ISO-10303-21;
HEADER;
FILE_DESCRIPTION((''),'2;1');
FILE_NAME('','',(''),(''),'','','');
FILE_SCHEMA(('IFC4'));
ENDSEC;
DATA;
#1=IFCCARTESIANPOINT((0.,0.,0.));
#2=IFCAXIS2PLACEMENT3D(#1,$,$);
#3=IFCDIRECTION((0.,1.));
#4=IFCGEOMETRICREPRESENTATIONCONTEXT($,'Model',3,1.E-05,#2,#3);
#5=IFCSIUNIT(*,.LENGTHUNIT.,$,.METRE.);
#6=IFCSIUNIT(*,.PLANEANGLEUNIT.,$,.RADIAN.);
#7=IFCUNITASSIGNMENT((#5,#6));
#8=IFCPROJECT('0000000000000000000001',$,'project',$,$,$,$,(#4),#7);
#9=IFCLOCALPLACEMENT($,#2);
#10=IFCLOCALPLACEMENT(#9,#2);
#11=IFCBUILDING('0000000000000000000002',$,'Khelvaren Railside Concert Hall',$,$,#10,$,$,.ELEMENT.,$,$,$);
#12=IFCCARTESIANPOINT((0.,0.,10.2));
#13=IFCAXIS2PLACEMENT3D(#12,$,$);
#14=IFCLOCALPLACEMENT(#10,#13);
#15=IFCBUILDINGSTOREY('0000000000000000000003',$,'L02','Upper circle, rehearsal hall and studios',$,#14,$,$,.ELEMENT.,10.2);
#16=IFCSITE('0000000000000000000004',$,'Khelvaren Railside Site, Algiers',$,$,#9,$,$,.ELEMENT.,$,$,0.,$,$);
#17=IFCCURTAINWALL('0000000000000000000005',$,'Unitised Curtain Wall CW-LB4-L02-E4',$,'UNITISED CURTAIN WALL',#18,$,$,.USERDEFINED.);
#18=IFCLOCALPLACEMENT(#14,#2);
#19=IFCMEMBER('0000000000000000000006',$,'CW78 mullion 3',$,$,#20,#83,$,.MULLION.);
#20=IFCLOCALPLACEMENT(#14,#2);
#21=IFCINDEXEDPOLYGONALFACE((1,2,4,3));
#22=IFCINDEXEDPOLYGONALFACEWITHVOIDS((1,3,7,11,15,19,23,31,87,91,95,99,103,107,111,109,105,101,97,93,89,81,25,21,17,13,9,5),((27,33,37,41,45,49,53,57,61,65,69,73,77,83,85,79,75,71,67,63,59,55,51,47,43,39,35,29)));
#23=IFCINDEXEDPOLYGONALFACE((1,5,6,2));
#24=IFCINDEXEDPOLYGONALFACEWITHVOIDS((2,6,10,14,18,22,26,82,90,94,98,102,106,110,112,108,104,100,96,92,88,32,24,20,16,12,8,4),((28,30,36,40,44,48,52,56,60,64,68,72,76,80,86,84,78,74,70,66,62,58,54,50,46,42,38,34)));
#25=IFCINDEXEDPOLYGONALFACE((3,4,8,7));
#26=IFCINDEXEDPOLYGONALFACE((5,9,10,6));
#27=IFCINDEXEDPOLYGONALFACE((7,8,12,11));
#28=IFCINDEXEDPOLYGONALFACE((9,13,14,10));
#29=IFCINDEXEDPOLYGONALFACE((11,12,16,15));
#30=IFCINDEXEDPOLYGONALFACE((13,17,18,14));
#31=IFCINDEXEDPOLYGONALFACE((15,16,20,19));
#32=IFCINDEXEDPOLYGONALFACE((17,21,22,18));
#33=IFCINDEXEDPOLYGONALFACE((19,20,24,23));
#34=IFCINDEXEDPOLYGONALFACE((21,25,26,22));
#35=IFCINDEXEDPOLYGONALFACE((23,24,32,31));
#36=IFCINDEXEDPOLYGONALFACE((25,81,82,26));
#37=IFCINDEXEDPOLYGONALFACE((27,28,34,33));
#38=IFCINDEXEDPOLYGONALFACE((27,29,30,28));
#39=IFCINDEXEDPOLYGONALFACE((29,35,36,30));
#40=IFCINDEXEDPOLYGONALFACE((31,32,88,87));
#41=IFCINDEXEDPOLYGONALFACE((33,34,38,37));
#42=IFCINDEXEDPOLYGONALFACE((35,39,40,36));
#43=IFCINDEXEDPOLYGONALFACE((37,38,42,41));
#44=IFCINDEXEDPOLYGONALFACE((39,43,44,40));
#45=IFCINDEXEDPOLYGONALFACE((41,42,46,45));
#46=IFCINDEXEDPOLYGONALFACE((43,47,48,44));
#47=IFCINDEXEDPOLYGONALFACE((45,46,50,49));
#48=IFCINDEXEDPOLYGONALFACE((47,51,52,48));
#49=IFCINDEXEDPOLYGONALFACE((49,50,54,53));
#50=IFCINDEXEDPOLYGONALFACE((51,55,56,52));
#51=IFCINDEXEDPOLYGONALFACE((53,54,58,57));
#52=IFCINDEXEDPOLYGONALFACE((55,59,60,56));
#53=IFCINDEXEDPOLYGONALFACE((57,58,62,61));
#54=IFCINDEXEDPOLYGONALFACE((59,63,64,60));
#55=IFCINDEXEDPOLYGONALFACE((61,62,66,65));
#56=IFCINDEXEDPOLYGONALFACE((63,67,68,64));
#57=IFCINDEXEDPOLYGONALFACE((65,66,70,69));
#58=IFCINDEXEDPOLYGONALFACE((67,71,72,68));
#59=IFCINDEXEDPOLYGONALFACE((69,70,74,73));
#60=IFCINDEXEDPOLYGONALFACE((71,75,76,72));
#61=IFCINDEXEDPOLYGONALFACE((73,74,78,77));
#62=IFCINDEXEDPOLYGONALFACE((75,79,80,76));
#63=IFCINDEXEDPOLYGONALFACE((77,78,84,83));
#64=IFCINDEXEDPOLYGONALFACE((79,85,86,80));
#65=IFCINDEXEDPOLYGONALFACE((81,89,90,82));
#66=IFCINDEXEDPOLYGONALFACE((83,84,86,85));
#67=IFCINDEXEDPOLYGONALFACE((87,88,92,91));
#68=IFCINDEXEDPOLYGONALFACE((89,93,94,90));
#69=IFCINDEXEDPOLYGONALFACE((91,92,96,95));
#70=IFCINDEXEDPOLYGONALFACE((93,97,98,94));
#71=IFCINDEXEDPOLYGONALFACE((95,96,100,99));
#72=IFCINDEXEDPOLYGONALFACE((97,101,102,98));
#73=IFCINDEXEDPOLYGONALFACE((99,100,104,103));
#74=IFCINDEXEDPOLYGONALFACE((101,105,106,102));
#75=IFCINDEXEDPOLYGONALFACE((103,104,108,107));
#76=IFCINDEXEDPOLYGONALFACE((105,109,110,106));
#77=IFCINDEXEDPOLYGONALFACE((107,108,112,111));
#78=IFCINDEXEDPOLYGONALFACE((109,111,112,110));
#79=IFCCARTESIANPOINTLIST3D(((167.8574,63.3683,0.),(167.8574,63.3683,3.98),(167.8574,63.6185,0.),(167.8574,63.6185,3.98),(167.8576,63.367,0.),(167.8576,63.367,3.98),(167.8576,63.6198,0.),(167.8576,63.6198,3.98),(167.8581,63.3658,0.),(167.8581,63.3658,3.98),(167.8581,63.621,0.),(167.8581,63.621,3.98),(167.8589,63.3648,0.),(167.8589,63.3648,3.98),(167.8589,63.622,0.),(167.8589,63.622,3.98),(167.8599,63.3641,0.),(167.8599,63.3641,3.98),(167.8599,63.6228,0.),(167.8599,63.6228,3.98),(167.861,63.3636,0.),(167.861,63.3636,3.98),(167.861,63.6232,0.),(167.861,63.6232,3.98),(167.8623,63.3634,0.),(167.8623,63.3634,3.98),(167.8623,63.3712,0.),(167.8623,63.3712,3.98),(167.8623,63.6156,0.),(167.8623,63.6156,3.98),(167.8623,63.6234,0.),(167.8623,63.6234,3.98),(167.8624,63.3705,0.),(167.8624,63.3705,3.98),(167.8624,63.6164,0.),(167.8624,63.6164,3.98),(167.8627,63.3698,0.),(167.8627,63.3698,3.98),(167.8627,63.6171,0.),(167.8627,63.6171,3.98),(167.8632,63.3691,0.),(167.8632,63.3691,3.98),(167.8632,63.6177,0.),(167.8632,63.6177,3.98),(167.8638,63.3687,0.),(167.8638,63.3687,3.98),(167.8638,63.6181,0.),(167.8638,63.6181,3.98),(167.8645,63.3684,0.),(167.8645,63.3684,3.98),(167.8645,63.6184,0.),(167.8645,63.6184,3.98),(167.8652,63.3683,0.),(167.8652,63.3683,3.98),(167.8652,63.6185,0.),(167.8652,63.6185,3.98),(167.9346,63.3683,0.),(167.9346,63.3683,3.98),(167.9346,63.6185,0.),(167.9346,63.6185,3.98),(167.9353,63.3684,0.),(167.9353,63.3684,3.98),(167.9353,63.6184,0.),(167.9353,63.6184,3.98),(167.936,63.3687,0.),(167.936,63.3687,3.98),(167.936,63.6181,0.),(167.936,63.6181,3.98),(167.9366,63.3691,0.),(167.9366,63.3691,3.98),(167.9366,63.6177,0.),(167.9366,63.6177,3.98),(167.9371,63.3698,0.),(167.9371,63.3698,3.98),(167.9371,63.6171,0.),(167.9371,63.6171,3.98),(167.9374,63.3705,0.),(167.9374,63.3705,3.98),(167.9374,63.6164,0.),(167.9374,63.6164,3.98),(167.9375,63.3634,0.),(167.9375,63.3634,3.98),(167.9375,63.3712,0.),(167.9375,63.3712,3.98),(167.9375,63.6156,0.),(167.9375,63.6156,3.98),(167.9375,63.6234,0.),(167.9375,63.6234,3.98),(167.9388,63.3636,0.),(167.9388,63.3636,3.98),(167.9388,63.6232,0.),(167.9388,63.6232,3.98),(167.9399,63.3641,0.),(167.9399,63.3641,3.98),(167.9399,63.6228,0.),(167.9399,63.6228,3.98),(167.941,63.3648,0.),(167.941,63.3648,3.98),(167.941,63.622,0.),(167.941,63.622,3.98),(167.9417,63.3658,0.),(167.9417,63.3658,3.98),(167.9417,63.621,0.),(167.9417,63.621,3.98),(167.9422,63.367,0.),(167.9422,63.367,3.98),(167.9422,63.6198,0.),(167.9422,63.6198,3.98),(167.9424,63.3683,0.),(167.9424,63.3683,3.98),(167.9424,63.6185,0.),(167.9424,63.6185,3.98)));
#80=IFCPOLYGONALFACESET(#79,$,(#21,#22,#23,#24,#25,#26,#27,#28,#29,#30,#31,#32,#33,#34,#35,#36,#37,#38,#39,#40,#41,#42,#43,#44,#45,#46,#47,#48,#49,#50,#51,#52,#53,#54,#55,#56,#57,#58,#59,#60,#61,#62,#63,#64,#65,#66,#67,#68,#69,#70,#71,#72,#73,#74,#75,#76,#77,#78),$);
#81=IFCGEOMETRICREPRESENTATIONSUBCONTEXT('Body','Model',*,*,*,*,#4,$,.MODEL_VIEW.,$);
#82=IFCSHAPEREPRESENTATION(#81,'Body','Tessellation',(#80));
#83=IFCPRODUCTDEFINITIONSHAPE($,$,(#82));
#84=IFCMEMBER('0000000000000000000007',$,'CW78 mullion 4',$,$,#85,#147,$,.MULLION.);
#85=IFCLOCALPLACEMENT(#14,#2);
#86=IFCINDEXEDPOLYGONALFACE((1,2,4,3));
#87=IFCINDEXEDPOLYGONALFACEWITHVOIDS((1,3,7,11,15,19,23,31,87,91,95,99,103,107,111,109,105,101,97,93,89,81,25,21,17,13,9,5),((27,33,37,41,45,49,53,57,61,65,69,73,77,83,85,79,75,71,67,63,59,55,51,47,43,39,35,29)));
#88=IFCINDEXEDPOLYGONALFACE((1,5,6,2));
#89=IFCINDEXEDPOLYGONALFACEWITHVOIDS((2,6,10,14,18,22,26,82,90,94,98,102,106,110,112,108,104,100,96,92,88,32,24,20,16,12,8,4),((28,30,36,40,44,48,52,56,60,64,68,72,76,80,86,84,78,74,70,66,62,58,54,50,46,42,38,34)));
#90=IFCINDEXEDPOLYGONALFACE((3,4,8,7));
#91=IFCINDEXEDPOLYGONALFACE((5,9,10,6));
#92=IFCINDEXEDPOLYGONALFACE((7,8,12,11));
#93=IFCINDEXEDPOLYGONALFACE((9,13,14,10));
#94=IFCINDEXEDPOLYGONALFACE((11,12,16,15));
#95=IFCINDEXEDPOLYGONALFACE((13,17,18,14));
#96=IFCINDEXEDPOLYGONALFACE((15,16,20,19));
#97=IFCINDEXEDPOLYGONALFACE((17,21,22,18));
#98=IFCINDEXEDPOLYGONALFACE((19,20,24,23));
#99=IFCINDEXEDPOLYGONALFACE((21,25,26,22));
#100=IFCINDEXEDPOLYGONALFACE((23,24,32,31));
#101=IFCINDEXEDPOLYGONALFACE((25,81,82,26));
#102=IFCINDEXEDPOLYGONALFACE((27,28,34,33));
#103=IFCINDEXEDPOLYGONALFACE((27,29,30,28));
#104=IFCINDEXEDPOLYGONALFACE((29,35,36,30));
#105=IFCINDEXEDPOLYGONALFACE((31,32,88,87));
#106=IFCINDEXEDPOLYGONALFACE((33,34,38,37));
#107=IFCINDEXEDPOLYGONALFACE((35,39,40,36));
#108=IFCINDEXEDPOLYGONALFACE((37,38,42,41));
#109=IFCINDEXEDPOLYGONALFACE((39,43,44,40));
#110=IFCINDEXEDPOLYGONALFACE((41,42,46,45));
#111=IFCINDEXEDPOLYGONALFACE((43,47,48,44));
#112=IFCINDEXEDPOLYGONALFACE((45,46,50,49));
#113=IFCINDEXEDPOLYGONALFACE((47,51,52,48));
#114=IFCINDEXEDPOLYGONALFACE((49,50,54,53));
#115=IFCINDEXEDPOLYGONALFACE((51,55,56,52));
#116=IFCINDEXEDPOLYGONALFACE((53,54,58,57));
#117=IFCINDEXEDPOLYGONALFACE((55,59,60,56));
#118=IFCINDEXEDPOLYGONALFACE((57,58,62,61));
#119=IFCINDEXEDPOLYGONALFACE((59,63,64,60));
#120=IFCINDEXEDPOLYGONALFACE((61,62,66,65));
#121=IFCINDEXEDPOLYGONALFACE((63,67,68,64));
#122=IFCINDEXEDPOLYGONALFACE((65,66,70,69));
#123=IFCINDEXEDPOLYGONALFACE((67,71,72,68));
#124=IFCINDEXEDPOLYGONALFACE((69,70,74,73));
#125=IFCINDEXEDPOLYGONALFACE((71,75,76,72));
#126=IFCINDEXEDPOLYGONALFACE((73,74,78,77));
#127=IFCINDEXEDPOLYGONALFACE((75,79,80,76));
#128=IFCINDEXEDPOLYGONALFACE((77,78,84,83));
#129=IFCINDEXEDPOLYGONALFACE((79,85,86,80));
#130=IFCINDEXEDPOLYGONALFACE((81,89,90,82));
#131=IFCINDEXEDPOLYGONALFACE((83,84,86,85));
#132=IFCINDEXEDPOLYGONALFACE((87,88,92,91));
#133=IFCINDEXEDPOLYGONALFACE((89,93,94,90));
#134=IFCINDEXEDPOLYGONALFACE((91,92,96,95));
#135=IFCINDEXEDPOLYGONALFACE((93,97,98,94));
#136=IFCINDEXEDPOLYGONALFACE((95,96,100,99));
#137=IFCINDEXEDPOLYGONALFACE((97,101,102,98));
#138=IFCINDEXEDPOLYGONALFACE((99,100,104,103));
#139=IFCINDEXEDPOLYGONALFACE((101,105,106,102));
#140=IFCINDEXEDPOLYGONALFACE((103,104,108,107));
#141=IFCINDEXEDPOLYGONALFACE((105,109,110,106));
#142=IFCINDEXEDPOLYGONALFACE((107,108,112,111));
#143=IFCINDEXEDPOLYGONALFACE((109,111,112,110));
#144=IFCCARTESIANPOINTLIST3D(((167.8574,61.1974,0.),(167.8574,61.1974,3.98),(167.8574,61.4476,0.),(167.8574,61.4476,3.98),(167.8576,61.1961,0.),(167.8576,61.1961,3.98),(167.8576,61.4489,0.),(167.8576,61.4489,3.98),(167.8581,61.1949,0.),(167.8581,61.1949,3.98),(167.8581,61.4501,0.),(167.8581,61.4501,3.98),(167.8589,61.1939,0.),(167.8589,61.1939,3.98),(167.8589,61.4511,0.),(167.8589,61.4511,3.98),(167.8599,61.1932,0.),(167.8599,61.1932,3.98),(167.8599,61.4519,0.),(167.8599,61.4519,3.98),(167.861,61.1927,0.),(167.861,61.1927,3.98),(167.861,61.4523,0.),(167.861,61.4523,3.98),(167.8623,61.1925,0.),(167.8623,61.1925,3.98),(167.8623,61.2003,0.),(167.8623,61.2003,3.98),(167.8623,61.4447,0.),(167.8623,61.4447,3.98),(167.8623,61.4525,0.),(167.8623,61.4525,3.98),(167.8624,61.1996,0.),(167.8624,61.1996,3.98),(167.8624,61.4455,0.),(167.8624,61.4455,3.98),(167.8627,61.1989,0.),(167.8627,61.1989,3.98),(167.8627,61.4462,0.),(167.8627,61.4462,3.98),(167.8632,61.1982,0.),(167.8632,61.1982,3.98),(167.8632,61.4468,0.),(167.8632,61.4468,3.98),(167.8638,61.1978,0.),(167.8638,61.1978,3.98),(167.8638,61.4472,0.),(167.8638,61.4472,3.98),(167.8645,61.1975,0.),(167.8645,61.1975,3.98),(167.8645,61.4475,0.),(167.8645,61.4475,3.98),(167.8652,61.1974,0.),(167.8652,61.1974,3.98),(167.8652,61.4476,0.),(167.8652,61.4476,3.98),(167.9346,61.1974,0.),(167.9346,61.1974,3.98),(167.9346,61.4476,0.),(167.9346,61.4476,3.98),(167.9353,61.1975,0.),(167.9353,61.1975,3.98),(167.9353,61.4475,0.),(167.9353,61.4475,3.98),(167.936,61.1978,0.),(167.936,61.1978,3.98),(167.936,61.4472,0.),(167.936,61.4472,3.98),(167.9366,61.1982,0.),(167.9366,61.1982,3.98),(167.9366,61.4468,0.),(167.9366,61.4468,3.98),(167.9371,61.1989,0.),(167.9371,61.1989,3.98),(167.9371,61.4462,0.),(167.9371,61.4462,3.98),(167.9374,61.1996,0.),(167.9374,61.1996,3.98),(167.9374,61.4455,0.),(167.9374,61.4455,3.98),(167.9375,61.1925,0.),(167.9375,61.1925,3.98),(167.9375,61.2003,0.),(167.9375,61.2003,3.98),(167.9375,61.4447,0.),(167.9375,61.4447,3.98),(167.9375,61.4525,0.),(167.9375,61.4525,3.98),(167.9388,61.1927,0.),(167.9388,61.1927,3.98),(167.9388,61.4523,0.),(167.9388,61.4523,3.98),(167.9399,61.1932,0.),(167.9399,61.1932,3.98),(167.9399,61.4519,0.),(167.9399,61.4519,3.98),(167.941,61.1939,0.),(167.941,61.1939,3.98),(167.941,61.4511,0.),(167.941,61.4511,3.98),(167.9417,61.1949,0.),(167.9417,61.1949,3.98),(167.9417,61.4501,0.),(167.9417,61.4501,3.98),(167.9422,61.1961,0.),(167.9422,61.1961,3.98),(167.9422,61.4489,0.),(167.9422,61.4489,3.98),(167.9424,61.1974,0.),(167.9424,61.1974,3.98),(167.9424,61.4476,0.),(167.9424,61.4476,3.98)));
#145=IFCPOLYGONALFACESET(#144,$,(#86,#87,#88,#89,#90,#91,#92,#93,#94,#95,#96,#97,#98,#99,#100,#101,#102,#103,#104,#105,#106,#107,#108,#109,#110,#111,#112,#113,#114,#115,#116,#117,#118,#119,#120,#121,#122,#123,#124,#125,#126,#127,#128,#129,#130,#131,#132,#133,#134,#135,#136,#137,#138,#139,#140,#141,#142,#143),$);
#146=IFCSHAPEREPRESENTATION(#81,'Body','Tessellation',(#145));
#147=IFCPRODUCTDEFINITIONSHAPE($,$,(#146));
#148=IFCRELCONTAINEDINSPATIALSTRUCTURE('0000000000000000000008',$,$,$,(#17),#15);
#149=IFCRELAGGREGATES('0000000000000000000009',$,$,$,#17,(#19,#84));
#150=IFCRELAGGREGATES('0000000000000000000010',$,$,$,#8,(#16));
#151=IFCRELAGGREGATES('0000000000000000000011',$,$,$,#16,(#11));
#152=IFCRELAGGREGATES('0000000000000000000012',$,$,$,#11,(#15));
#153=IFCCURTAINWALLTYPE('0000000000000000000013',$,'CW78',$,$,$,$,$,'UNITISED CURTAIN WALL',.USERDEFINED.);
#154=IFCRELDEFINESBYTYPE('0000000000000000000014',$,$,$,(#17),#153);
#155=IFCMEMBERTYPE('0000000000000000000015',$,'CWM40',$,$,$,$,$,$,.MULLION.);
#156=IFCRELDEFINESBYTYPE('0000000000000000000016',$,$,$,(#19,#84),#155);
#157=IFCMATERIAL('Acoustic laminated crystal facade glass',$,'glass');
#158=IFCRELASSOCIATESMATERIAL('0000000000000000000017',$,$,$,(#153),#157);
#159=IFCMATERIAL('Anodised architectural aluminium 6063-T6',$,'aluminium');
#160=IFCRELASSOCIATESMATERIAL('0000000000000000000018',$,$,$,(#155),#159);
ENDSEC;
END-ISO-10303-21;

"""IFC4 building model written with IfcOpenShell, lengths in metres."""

from ifc_helpers import new_model, si_unit, direction, frame, origin, origin_2d, place, context, subcontext, project, spatial, hollow_rectangle, extrude, material, material_profile, profile_set, type_object, element, aggregate, save


model = new_model("IFC4")

# Units and contexts
model_context = context("Model", 3, precision=1e-05, world=origin(), true_north=direction((0.0, 1.0)))
body_context = subcontext(model_context, "Body", "Model", "MODEL_VIEW")
ifc_project = project(units=[si_unit("LENGTHUNIT", "METRE"), si_unit("PLANEANGLEUNIT", "RADIAN")], contexts=[model_context])

# Site, building, storey
site_placement = place(None, origin())
site = spatial("IfcSite", under=ifc_project, at=site_placement, Name="Khelvaren Railside Site, Algiers", CompositionType="ELEMENT", RefElevation=0.0)
building_placement = place(site_placement, origin())
building = spatial("IfcBuilding", under=site, at=building_placement, Name="Khelvaren Railside Concert Hall", CompositionType="ELEMENT")
storey_placement = place(building_placement, frame((0.0, 0.0, 10.2)))
storey = spatial("IfcBuildingStorey", under=building, at=storey_placement, Name="L02", Description="Upper circle, rehearsal hall and studios", CompositionType="ELEMENT", Elevation=10.2)

# Curtain wall, members
ifc_material_1 = material(Name="Acoustic laminated crystal facade glass", Category="glass")
curtain_wall_type = type_object("IfcCurtainWallType", Name="CW78", ElementType="UNITISED CURTAIN WALL", PredefinedType="USERDEFINED", material=ifc_material_1)
ifc_material_2 = material(Name="Anodised architectural aluminium 6063-T6", Category="aluminium")
ifc_material_profile_1 = material_profile(ifc_material_2, hollow_rectangle(XDim=0.085, YDim=0.26, WallThickness=0.0049, InnerFilletRadius=0.0029, OuterFilletRadius=0.0049, at=origin_2d()), Name="CWM 85x260x5")
ifc_profile_set_1 = profile_set([ifc_material_profile_1], Name="Anodised architectural aluminium 6063-T6")
member_type_1 = type_object("IfcMemberType", Name="CWM40", PredefinedType="MULLION", material=ifc_profile_set_1)
curtain_wall_1_placement = place(storey_placement, origin())
curtain_wall_1 = element("IfcCurtainWall", 1, at=curtain_wall_1_placement, inside=storey, type_object=curtain_wall_type, Name="Unitised Curtain Wall CW-LB4-L02-E4", ObjectType="UNITISED CURTAIN WALL", PredefinedType="USERDEFINED")
member_1_placement = place(storey_placement, frame((167.8999, 63.4934, 0.0), z_axis=(0.0, 0.0, 1.0), x_axis=(1.0, 0.0, 0.0)))
member_1 = element("IfcMember", 2, at=member_1_placement, type_object=member_type_1, Name="CW78 mullion 3", PredefinedType="MULLION", context=body_context, shape_type="SweptSolid", body=[
    extrude(hollow_rectangle(XDim=0.085, YDim=0.26, WallThickness=0.0049, InnerFilletRadius=0.0029, OuterFilletRadius=0.0049, at=origin_2d()), origin(), (0.0, 0.0, 1.0), 3.98),
])
member_2_placement = place(storey_placement, frame((167.8999, 61.3225, 0.0), z_axis=(0.0, 0.0, 1.0), x_axis=(1.0, 0.0, 0.0)))
member_2 = element("IfcMember", 3, at=member_2_placement, type_object=member_type_1, Name="CW78 mullion 4", PredefinedType="MULLION", context=body_context, shape_type="SweptSolid", body=[
    extrude(hollow_rectangle(XDim=0.085, YDim=0.26, WallThickness=0.0049, InnerFilletRadius=0.0029, OuterFilletRadius=0.0049, at=origin_2d()), origin(), (0.0, 0.0, 1.0), 3.98),
])

aggregate(curtain_wall_1, [member_1, member_2])

save(model, "model.ifc")
